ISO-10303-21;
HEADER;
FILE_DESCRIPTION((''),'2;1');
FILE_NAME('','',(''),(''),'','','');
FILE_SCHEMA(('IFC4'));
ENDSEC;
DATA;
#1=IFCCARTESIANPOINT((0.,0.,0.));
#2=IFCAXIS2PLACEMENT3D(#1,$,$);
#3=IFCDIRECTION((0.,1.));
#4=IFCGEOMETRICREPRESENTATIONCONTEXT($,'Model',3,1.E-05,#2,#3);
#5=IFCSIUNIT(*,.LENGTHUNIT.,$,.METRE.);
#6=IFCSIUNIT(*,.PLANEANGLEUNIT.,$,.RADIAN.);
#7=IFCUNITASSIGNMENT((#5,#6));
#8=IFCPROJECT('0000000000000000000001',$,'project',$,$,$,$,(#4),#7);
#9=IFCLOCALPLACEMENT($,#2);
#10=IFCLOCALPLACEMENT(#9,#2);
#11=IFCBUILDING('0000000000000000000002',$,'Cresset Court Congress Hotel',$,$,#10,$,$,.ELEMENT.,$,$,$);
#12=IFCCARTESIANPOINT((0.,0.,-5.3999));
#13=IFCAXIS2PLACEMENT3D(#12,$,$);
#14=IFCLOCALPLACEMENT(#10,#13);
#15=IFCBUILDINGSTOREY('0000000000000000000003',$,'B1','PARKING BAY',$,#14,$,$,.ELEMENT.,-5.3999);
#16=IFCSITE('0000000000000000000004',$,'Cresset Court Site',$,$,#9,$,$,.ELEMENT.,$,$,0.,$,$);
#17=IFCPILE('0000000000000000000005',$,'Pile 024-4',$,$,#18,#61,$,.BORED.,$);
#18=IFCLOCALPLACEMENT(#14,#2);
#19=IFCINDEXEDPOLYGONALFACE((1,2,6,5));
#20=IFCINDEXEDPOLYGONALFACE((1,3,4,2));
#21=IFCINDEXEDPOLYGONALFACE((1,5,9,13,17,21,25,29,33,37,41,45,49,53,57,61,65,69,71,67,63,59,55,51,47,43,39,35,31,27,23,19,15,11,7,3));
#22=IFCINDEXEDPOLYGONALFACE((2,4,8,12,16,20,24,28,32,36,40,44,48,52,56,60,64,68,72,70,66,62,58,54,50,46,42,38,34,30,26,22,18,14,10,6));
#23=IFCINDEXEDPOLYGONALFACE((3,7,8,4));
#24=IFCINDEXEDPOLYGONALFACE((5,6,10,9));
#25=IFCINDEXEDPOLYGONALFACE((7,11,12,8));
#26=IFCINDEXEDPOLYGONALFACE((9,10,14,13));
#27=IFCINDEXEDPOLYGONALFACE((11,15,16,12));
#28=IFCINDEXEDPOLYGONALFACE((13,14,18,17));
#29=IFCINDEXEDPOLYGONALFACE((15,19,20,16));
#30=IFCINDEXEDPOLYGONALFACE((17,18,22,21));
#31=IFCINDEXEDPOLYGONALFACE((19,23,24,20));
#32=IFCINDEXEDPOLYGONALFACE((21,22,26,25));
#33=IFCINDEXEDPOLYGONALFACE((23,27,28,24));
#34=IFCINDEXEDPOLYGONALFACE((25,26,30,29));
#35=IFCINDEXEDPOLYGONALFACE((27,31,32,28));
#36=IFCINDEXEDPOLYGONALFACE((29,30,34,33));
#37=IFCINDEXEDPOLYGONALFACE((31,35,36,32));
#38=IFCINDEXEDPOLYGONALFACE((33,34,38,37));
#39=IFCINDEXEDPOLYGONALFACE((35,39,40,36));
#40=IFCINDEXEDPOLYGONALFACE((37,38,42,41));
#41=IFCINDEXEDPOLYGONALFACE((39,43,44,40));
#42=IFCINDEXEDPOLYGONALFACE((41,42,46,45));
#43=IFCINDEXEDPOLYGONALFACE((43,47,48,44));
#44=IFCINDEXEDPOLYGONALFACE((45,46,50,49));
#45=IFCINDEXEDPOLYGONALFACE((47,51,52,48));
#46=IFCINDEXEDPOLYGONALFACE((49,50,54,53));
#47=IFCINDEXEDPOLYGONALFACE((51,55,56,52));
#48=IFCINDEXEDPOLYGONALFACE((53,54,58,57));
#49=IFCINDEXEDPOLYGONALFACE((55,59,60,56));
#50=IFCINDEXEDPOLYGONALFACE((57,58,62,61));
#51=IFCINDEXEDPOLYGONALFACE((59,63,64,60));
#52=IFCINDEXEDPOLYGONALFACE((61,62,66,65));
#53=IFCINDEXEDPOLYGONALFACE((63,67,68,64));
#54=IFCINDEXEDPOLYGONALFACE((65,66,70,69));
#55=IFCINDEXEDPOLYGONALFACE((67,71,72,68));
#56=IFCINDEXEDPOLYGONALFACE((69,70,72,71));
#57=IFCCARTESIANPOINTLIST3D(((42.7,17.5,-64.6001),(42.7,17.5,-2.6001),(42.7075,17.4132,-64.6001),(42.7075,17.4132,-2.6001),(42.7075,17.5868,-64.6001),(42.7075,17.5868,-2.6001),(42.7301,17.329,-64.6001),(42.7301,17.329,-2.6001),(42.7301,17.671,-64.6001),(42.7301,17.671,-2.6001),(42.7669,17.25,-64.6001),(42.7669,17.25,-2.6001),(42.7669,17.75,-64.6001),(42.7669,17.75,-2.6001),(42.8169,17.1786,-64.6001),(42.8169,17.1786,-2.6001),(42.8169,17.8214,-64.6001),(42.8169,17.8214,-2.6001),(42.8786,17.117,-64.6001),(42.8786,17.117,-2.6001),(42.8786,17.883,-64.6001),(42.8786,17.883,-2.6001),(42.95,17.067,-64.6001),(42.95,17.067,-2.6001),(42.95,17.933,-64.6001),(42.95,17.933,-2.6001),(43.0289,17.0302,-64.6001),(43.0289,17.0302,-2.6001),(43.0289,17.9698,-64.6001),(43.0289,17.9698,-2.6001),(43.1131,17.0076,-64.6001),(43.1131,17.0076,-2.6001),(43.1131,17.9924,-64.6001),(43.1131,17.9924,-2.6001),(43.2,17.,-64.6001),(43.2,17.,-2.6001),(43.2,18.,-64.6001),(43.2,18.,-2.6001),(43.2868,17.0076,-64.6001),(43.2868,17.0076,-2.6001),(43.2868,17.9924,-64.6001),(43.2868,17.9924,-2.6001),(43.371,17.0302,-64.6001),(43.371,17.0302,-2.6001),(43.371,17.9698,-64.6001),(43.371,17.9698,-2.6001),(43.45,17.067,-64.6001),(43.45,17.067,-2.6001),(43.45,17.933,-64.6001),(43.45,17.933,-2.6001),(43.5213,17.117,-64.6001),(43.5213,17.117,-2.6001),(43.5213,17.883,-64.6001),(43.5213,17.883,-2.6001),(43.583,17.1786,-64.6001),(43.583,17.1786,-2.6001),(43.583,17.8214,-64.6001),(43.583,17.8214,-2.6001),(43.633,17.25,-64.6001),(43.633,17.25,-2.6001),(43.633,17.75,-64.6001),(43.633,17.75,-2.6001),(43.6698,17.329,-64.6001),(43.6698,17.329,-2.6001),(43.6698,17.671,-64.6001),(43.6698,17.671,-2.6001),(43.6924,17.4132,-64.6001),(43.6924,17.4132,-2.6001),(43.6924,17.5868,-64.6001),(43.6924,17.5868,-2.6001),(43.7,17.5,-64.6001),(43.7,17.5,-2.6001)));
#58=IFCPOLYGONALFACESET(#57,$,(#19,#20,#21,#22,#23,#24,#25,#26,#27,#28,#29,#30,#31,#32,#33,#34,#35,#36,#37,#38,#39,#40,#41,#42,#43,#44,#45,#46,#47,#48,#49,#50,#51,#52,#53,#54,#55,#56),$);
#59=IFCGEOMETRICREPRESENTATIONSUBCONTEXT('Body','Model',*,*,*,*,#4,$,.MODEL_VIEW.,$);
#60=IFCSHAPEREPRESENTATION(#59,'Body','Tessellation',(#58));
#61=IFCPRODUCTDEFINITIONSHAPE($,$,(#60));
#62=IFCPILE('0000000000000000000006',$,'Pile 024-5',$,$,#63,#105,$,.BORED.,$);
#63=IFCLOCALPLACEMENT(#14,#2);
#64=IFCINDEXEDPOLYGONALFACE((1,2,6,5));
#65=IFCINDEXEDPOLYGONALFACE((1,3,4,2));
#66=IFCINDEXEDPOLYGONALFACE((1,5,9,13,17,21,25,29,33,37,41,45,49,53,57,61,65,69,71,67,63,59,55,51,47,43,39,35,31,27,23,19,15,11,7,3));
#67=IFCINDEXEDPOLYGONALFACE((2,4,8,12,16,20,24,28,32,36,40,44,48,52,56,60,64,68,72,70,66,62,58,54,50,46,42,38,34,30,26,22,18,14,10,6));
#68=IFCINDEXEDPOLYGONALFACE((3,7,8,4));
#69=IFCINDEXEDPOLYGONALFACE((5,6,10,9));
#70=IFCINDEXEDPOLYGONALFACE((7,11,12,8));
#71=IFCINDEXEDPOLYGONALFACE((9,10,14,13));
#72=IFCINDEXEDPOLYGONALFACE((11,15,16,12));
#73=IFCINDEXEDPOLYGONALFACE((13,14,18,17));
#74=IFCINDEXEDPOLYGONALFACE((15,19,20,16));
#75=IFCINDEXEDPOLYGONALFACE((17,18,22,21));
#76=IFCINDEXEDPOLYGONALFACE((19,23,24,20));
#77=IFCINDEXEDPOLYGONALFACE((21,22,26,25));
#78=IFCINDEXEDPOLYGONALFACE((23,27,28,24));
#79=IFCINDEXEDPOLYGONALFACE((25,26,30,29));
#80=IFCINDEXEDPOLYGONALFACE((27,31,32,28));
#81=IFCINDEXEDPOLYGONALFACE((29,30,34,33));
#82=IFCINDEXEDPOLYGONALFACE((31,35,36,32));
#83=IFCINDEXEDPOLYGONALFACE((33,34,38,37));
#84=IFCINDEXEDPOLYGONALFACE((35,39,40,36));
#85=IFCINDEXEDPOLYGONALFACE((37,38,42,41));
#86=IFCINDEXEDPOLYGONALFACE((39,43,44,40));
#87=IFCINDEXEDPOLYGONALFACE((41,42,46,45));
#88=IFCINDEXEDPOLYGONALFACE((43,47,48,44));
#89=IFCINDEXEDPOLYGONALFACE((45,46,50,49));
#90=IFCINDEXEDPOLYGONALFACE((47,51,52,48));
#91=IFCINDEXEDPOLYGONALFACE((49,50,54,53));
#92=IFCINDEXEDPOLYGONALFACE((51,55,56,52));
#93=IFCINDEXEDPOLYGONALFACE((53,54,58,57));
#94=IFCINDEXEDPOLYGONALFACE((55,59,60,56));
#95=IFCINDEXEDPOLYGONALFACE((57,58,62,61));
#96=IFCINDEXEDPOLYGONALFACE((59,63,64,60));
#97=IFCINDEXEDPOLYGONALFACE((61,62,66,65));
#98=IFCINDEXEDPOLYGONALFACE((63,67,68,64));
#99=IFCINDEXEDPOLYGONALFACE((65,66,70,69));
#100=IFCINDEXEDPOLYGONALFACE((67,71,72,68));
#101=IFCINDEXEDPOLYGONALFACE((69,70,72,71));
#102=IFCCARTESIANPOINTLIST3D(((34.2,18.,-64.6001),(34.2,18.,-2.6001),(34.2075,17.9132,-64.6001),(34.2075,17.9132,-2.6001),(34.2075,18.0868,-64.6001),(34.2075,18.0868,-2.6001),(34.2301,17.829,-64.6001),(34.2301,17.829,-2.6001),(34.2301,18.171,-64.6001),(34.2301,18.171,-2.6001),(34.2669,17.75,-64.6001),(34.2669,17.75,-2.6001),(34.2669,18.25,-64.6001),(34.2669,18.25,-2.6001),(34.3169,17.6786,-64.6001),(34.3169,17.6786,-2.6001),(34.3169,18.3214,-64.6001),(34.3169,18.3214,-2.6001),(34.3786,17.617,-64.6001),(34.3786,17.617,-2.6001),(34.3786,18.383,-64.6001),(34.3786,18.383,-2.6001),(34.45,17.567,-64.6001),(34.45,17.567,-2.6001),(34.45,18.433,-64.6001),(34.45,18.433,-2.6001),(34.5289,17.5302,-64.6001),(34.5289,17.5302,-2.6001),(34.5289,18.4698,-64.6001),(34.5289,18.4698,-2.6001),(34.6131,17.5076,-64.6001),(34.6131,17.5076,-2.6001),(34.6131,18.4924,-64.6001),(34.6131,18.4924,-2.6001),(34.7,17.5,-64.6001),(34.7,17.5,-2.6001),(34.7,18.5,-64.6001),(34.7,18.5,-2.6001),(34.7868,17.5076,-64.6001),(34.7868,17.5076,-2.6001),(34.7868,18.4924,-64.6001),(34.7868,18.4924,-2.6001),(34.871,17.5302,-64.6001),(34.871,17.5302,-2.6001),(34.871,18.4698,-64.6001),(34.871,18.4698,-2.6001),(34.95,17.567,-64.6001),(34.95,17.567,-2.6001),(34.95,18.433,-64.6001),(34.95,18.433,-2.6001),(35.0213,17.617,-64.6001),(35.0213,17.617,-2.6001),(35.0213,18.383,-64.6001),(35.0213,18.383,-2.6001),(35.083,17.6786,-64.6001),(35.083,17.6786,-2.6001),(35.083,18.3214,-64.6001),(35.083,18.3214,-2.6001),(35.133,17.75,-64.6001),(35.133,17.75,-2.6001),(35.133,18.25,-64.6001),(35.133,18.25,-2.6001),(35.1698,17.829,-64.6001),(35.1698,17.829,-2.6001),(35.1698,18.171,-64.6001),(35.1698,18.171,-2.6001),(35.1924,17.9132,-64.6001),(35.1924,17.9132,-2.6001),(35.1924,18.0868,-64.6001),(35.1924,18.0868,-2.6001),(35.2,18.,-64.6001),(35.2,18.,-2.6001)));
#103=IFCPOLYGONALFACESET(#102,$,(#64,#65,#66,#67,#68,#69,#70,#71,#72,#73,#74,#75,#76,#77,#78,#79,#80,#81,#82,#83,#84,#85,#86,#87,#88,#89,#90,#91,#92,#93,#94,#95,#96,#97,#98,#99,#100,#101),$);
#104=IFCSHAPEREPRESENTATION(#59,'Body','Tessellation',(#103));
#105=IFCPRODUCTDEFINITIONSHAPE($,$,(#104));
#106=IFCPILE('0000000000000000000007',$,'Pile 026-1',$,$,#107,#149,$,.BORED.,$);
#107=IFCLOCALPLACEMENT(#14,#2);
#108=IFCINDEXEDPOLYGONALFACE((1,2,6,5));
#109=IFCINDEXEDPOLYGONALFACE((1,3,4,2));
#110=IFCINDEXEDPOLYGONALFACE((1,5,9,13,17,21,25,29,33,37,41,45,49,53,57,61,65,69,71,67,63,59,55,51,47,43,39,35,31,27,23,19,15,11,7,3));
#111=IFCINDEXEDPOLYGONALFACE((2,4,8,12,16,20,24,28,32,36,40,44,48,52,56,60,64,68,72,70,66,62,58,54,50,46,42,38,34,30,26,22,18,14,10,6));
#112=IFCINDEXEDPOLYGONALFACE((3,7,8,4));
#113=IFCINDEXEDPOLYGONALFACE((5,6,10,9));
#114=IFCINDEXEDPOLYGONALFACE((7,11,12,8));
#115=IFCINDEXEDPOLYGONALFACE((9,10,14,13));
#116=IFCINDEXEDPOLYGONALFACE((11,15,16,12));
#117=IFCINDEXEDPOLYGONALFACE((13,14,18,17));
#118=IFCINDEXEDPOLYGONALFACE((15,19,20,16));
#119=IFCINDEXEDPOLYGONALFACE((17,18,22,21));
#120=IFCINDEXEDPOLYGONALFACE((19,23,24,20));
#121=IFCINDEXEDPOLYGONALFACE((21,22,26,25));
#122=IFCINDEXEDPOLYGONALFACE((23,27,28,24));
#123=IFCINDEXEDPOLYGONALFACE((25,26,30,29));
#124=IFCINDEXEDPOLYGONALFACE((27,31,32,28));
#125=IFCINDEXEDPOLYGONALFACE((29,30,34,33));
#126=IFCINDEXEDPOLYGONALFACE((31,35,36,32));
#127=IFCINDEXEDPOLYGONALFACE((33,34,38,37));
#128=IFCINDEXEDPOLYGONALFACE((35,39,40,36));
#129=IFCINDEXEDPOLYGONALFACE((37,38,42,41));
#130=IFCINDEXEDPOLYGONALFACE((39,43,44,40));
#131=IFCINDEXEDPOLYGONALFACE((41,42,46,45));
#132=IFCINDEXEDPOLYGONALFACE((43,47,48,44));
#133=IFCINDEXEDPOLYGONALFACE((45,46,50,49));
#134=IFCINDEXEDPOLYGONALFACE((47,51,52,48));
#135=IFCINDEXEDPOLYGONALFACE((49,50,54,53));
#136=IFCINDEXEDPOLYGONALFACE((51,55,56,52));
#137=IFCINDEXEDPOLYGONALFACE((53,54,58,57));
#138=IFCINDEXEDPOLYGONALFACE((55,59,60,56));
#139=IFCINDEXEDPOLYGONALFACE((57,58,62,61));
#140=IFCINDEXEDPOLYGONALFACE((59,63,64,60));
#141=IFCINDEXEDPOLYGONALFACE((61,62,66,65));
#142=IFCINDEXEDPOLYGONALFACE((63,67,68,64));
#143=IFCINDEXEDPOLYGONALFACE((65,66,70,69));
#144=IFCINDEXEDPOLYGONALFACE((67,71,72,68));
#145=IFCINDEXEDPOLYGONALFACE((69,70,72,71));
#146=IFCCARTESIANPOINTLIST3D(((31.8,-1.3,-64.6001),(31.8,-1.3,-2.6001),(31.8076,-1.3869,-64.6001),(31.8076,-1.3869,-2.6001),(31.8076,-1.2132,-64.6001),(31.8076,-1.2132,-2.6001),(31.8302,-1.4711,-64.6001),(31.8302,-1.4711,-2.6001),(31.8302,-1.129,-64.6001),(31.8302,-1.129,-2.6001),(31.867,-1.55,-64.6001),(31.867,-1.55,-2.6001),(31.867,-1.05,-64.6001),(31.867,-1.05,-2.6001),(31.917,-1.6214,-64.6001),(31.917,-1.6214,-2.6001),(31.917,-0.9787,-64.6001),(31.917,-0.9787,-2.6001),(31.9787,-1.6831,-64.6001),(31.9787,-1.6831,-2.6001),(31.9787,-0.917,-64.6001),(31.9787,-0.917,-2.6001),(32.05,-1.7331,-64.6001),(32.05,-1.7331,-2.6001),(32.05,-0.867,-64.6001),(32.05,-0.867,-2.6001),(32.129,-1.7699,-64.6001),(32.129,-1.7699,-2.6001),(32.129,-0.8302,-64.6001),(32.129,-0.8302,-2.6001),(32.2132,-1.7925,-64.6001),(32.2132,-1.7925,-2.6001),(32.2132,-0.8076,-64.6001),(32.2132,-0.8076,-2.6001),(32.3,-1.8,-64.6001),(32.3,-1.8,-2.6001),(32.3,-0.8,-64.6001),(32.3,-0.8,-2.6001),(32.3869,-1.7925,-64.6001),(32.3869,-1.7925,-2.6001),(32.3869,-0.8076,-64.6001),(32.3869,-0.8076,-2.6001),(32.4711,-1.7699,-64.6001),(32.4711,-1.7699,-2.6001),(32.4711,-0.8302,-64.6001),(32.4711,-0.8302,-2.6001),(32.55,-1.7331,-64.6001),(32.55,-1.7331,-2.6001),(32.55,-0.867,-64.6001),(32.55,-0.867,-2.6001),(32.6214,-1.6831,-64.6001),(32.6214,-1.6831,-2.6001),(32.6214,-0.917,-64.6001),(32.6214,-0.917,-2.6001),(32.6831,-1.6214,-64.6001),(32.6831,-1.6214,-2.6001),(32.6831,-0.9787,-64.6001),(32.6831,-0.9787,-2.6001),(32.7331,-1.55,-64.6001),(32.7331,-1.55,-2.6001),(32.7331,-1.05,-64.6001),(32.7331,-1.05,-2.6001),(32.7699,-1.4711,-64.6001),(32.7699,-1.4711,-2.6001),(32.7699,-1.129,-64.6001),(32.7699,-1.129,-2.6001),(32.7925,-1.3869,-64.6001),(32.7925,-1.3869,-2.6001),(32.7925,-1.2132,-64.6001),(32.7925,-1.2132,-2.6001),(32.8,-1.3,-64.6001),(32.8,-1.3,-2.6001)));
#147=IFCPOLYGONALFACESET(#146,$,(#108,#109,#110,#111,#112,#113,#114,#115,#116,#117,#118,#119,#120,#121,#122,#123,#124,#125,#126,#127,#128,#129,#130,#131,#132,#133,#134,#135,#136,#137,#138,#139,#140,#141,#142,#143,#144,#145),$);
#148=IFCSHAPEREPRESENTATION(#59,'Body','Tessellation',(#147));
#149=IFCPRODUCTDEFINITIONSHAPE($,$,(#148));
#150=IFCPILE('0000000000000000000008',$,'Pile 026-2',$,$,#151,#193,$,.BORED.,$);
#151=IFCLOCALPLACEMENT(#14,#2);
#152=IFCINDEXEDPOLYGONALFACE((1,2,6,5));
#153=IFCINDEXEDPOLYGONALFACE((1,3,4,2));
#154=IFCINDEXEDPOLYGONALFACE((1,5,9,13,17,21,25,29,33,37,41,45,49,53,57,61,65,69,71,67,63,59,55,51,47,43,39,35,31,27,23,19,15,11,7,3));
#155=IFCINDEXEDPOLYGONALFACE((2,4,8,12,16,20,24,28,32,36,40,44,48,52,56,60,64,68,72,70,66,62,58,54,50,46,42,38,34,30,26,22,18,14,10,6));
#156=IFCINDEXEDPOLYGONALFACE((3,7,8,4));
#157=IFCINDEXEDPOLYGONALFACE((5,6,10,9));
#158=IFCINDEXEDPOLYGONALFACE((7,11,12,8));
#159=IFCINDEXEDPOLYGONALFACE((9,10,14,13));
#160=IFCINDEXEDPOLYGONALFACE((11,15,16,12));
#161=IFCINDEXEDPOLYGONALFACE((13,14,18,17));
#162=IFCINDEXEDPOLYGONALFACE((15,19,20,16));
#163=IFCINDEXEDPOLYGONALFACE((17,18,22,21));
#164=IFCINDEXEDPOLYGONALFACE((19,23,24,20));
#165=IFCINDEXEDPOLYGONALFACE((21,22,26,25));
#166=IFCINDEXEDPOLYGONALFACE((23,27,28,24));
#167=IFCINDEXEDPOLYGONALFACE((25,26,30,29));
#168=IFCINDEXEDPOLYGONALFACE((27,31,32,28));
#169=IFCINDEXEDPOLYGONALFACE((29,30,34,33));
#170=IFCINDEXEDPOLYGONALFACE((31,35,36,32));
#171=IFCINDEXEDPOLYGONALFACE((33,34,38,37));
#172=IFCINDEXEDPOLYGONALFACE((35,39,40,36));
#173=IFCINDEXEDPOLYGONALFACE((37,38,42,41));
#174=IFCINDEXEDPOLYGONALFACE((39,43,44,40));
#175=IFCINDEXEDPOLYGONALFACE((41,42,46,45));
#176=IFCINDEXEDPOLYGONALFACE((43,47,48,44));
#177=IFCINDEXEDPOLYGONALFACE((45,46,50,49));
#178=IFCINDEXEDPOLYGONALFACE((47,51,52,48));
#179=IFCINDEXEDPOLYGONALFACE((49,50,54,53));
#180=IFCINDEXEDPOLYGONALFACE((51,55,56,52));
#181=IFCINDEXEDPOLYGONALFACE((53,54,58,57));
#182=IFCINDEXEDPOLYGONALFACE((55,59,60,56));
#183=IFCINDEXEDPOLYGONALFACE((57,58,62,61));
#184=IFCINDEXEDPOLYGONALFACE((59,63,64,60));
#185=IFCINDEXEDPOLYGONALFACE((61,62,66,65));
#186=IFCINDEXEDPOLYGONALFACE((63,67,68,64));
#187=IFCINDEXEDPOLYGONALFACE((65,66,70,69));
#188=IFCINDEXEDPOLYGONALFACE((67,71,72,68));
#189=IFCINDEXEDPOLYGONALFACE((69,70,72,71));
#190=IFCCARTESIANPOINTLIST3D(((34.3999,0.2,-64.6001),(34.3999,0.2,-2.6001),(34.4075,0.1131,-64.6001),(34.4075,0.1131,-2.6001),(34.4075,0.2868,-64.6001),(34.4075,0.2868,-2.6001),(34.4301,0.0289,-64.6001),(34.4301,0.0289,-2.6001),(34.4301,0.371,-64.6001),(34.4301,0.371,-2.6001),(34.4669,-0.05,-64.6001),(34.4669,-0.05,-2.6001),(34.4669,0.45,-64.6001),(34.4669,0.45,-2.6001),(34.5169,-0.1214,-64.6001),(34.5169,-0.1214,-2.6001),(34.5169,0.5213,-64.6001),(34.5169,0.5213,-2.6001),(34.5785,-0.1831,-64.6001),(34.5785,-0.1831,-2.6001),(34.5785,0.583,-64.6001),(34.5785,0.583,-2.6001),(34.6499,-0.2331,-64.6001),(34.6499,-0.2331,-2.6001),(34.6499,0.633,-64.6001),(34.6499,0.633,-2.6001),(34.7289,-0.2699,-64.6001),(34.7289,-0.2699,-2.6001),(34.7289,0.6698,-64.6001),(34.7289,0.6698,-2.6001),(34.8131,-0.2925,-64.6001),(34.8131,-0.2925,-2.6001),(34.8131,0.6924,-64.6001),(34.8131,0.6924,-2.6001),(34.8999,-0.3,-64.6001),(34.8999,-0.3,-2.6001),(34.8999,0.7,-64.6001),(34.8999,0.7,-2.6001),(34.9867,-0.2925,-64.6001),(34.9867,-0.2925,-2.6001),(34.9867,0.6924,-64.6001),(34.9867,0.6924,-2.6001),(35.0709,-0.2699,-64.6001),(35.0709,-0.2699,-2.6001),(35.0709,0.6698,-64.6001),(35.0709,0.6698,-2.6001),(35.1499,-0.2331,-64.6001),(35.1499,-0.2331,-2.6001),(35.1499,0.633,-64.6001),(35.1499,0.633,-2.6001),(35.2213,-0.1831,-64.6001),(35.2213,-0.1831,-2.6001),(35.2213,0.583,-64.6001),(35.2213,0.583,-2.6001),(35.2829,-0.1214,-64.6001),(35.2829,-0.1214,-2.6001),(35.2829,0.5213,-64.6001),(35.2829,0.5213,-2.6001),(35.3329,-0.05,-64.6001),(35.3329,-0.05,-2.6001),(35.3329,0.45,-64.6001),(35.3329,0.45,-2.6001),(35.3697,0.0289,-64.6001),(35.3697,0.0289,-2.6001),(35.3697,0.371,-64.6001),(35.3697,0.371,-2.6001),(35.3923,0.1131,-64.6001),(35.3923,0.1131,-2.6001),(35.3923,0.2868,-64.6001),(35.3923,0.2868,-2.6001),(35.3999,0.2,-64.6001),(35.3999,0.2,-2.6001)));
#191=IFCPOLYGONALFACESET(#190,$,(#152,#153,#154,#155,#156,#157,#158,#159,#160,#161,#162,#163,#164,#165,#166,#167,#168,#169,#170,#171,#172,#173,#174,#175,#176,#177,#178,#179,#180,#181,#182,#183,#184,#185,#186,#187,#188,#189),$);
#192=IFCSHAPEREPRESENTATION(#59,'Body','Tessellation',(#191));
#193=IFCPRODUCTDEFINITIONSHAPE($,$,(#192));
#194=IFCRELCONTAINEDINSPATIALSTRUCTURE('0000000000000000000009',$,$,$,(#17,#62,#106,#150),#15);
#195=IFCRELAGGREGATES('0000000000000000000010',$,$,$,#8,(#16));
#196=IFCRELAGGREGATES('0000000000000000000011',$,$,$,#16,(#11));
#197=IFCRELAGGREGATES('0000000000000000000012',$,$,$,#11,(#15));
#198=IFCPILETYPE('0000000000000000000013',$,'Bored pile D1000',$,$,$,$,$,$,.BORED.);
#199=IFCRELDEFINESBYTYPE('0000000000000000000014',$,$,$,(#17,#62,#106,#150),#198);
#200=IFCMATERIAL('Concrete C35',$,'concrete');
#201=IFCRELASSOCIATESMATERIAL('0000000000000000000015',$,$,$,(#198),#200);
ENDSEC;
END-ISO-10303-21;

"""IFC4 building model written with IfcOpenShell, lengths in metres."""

from ifc_helpers import new_model, si_unit, direction, frame, origin, origin_2d, place, context, subcontext, project, spatial, circle, extrude, material, type_object, element, save


model = new_model("IFC4")

# Units and contexts
model_context = context("Model", 3, precision=1e-05, world=origin(), true_north=direction((0.0, 1.0)))
body_context = subcontext(model_context, "Body", "Model", "MODEL_VIEW")
ifc_project = project(units=[si_unit("LENGTHUNIT", "METRE"), si_unit("PLANEANGLEUNIT", "RADIAN")], contexts=[model_context])

# Site, building, storey
site_placement = place(None, origin())
site = spatial("IfcSite", under=ifc_project, at=site_placement, Name="Cresset Court Site", CompositionType="ELEMENT", RefElevation=0.0)
building_placement = place(site_placement, origin())
building = spatial("IfcBuilding", under=site, at=building_placement, Name="Cresset Court Congress Hotel", CompositionType="ELEMENT")
storey_placement = place(building_placement, frame((0.0, 0.0, -5.3999)))
storey = spatial("IfcBuildingStorey", under=building, at=storey_placement, Name="B1", Description="PARKING BAY", CompositionType="ELEMENT", Elevation=-5.3999)

# Piles
ifc_material_1 = material(Name="Concrete C35", Category="concrete")
pile_type = type_object("IfcPileType", Name="Bored pile D1000", PredefinedType="BORED", material=ifc_material_1)
for number, where, z_axis, x_axis, name in (
    (1, (43.2, 17.5, -2.6001), (0.0, 0.0, -1.0), (1.0, 0.0, 0.0), "Pile 024-4"),
    (2, (34.7, 18.0, -2.6001), (0.0, 0.0, -1.0), (1.0, 0.0, 0.0), "Pile 024-5"),
    (3, (32.3, -1.3, -2.6001), (0.0, 0.0, -1.0), (1.0, 0.0, 0.0), "Pile 026-1"),
    (4, (34.8999, 0.2, -2.6001), (0.0, 0.0, -1.0), (1.0, 0.0, 0.0), "Pile 026-2"),
):
    element("IfcPile", number, at=place(storey_placement, frame(where, z_axis=z_axis, x_axis=x_axis)), inside=storey, type_object=pile_type, Name=name, PredefinedType="BORED", context=body_context, shape_type="SweptSolid", body=[
        extrude(circle(Radius=0.5, at=origin_2d()), origin(), (0.0, 0.0, 1.0), 62.0),
    ])

save(model, "model.ifc")
